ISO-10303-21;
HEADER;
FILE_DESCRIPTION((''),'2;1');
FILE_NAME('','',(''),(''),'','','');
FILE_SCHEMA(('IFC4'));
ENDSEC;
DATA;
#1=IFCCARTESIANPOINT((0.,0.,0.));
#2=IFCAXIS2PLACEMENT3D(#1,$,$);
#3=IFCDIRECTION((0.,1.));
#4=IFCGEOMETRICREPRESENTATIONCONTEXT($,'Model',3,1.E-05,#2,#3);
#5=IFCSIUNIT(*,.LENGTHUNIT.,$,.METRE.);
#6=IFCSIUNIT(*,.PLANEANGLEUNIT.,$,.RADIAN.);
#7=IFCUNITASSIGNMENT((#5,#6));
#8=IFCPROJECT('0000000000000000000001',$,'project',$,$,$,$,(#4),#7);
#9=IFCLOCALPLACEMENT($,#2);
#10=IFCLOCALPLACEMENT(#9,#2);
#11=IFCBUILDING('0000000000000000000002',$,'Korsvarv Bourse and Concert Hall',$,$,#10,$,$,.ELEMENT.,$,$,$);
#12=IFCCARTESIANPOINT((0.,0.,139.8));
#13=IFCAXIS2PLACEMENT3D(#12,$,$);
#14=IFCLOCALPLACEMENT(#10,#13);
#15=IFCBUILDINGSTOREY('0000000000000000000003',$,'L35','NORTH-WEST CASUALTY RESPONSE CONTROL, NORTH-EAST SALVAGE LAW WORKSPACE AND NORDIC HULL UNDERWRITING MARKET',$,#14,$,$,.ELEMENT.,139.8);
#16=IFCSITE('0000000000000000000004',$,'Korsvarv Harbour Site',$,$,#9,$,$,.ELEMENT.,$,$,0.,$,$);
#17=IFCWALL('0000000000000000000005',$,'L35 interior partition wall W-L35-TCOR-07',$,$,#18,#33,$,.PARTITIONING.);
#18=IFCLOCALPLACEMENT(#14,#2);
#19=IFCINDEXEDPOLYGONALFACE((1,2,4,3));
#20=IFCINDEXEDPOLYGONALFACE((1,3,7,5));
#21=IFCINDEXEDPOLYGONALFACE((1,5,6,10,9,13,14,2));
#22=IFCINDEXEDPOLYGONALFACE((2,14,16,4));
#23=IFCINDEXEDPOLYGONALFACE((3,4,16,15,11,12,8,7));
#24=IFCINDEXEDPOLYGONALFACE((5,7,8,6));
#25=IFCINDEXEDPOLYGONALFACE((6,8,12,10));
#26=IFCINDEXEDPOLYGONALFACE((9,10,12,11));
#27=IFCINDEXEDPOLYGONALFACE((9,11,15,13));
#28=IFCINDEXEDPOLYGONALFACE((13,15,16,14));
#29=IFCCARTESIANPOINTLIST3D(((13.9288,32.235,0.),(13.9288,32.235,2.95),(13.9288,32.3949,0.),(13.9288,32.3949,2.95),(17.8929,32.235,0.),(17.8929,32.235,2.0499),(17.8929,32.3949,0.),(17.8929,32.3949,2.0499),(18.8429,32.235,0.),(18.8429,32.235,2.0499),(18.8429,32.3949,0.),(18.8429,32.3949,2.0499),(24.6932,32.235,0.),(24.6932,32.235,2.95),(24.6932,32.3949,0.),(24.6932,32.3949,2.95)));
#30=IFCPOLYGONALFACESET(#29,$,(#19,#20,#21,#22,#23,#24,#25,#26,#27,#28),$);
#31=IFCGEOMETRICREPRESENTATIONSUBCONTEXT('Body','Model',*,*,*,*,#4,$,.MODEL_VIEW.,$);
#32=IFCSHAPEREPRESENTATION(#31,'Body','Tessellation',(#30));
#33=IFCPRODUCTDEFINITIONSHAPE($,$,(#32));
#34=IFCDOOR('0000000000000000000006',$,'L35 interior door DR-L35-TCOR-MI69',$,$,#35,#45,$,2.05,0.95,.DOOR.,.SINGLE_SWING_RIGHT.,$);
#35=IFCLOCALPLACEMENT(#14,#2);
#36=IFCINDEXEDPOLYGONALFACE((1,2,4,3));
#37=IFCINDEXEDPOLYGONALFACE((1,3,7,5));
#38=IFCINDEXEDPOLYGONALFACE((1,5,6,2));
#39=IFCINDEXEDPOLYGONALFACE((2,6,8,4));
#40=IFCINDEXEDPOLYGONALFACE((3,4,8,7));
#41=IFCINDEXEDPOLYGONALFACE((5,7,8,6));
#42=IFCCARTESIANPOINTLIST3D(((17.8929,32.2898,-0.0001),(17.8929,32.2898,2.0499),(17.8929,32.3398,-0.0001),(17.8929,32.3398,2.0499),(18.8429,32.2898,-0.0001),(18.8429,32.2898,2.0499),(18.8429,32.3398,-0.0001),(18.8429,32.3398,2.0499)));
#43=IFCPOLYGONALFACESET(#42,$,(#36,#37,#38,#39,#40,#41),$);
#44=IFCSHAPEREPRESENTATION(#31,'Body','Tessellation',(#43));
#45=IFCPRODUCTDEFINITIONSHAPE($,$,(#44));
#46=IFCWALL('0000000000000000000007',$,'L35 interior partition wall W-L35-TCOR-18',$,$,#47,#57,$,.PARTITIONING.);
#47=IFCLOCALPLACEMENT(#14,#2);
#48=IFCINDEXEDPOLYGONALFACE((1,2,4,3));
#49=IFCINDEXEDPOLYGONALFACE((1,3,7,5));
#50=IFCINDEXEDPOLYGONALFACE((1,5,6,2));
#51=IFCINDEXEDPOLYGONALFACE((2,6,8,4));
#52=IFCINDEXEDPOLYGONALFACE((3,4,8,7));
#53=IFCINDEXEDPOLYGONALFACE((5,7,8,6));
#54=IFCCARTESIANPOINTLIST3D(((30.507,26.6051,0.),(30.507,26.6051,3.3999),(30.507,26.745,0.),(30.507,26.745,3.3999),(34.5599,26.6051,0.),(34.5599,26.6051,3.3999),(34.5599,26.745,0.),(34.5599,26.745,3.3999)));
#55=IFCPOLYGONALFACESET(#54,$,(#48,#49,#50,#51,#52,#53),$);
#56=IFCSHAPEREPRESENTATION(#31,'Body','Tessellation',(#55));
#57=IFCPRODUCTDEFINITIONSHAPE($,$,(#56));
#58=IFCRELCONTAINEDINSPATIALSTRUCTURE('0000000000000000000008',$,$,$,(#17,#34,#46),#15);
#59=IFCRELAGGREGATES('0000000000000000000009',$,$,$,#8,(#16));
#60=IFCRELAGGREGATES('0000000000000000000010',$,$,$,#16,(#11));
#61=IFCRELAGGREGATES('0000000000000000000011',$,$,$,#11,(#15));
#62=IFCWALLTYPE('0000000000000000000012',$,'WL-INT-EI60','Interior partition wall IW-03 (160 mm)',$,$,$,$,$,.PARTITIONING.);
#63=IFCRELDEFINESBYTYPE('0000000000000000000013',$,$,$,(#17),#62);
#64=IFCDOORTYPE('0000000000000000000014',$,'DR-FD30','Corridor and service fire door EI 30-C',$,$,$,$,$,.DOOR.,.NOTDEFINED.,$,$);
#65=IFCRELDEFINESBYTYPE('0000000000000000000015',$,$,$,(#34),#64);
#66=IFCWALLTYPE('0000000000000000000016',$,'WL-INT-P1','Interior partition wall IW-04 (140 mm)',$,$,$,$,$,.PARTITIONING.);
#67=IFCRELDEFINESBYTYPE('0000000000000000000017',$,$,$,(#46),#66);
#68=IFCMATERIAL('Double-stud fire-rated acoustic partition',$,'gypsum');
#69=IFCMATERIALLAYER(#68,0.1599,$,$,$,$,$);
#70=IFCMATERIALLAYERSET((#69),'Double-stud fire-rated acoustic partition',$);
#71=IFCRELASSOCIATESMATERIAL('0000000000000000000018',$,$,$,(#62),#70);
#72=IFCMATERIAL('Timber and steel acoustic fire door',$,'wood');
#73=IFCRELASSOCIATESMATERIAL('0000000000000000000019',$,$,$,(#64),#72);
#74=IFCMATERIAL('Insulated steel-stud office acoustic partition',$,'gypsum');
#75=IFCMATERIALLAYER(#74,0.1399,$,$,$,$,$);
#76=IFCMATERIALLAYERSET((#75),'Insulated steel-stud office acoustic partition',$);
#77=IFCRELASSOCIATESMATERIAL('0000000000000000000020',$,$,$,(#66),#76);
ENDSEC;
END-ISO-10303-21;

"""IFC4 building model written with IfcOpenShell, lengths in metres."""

from ifc_helpers import new_model, si_unit, direction, frame, frame_2d, origin, place, context, subcontext, project, spatial, rectangle, extrude, material, layer, layer_set, type_object, element, fill, save


model = new_model("IFC4")

# Units and contexts
model_context = context("Model", 3, precision=1e-05, world=origin(), true_north=direction((0.0, 1.0)))
body_context = subcontext(model_context, "Body", "Model", "MODEL_VIEW")
ifc_project = project(units=[si_unit("LENGTHUNIT", "METRE"), si_unit("PLANEANGLEUNIT", "RADIAN")], contexts=[model_context])

# Site, building, storey
site_placement = place(None, origin())
site = spatial("IfcSite", under=ifc_project, at=site_placement, Name="Korsvarv Harbour Site", CompositionType="ELEMENT", RefElevation=0.0)
building_placement = place(site_placement, origin())
building = spatial("IfcBuilding", under=site, at=building_placement, Name="Korsvarv Bourse and Concert Hall", CompositionType="ELEMENT")
storey_placement = place(building_placement, frame((0.0, 0.0, 139.8)))
storey = spatial("IfcBuildingStorey", under=building, at=storey_placement, Name="L35", Description="NORTH-WEST CASUALTY RESPONSE CONTROL, NORTH-EAST SALVAGE LAW WORKSPACE AND NORDIC HULL UNDERWRITING MARKET", CompositionType="ELEMENT", Elevation=139.8)

# Shared definitions
ifc_material_1 = material(Name="Double-stud fire-rated acoustic partition", Category="gypsum")
ifc_layer_1 = layer(ifc_material_1, 0.1599)
ifc_layer_set_1 = layer_set([ifc_layer_1], Name="Double-stud fire-rated acoustic partition")
wall_type_1 = type_object("IfcWallType", Name="WL-INT-EI60", Description="Interior partition wall IW-03 (160 mm)", PredefinedType="PARTITIONING", material=ifc_layer_set_1)

# Wall, opening, door
ifc_material_2 = material(Name="Timber and steel acoustic fire door", Category="wood")
door_type = type_object("IfcDoorType", Name="DR-FD30", Description="Corridor and service fire door EI 30-C", OperationType="NOTDEFINED", PredefinedType="DOOR", material=ifc_material_2)
wall_1_placement = place(storey_placement, frame((13.9287, 32.3149, 0.0), z_axis=(0.0, 0.0, 1.0), x_axis=(1.0, 0.0, 0.0)))
wall_1 = element("IfcWall", 1, at=wall_1_placement, inside=storey, type_object=wall_type_1, Name="L35 interior partition wall W-L35-TCOR-07", PredefinedType="PARTITIONING", context=body_context, shape_type="SweptSolid", body=[
    extrude(rectangle(XDim=10.7644, YDim=0.1599, at=frame_2d((5.3823, 0.0))), origin(), (0.0, 0.0, 1.0), 2.95),
])
opening_1_placement = place(wall_1_placement, frame((3.9641, 0.0, 0.0)))
opening_1 = element("IfcOpeningElement", 2, at=opening_1_placement, cuts=wall_1, PredefinedType="OPENING", context=body_context, shape_type="SweptSolid", body=[
    extrude(rectangle(XDim=0.95, YDim=2.05, at=frame_2d((0.4751, 1.0249))), frame((0.0, 0.0898, 0.0), z_axis=(0.0, -1.0, 0.0), x_axis=(1.0, 0.0, 0.0)), (0.0, 0.0, 1.0), 0.1799),
])
door_1_placement = place(opening_1_placement, origin())
door_1 = element("IfcDoor", 3, at=door_1_placement, inside=storey, type_object=door_type, Name="L35 interior door DR-L35-TCOR-MI69", OperationType="SINGLE_SWING_RIGHT", OverallHeight=2.05, OverallWidth=0.95, PredefinedType="DOOR", context=body_context, shape_type="SweptSolid", body=[
    extrude(rectangle(XDim=0.95, YDim=2.05, at=frame_2d((0.4751, 1.0249))), frame((0.0, 0.0249, 0.0), z_axis=(0.0, -1.0, 0.0), x_axis=(1.0, 0.0, 0.0)), (0.0, 0.0, 1.0), 0.05),
])
fill(opening_1, door_1)

# Wall
ifc_material_3 = material(Name="Insulated steel-stud office acoustic partition", Category="gypsum")
ifc_layer_2 = layer(ifc_material_3, 0.1399)
ifc_layer_set_2 = layer_set([ifc_layer_2], Name="Insulated steel-stud office acoustic partition")
wall_type_2 = type_object("IfcWallType", Name="WL-INT-P1", Description="Interior partition wall IW-04 (140 mm)", PredefinedType="PARTITIONING", material=ifc_layer_set_2)
wall_2_placement = place(storey_placement, frame((30.5071, 26.675, 0.0), z_axis=(0.0, 0.0, 1.0), x_axis=(1.0, 0.0, 0.0)))
element("IfcWall", 4, at=wall_2_placement, inside=storey, type_object=wall_type_2, Name="L35 interior partition wall W-L35-TCOR-18", PredefinedType="PARTITIONING", context=body_context, shape_type="SweptSolid", body=[
    extrude(rectangle(XDim=4.053, YDim=0.1399, at=frame_2d((2.0264, 0.0))), origin(), (0.0, 0.0, 1.0), 3.3999),
])

save(model, "model.ifc")
